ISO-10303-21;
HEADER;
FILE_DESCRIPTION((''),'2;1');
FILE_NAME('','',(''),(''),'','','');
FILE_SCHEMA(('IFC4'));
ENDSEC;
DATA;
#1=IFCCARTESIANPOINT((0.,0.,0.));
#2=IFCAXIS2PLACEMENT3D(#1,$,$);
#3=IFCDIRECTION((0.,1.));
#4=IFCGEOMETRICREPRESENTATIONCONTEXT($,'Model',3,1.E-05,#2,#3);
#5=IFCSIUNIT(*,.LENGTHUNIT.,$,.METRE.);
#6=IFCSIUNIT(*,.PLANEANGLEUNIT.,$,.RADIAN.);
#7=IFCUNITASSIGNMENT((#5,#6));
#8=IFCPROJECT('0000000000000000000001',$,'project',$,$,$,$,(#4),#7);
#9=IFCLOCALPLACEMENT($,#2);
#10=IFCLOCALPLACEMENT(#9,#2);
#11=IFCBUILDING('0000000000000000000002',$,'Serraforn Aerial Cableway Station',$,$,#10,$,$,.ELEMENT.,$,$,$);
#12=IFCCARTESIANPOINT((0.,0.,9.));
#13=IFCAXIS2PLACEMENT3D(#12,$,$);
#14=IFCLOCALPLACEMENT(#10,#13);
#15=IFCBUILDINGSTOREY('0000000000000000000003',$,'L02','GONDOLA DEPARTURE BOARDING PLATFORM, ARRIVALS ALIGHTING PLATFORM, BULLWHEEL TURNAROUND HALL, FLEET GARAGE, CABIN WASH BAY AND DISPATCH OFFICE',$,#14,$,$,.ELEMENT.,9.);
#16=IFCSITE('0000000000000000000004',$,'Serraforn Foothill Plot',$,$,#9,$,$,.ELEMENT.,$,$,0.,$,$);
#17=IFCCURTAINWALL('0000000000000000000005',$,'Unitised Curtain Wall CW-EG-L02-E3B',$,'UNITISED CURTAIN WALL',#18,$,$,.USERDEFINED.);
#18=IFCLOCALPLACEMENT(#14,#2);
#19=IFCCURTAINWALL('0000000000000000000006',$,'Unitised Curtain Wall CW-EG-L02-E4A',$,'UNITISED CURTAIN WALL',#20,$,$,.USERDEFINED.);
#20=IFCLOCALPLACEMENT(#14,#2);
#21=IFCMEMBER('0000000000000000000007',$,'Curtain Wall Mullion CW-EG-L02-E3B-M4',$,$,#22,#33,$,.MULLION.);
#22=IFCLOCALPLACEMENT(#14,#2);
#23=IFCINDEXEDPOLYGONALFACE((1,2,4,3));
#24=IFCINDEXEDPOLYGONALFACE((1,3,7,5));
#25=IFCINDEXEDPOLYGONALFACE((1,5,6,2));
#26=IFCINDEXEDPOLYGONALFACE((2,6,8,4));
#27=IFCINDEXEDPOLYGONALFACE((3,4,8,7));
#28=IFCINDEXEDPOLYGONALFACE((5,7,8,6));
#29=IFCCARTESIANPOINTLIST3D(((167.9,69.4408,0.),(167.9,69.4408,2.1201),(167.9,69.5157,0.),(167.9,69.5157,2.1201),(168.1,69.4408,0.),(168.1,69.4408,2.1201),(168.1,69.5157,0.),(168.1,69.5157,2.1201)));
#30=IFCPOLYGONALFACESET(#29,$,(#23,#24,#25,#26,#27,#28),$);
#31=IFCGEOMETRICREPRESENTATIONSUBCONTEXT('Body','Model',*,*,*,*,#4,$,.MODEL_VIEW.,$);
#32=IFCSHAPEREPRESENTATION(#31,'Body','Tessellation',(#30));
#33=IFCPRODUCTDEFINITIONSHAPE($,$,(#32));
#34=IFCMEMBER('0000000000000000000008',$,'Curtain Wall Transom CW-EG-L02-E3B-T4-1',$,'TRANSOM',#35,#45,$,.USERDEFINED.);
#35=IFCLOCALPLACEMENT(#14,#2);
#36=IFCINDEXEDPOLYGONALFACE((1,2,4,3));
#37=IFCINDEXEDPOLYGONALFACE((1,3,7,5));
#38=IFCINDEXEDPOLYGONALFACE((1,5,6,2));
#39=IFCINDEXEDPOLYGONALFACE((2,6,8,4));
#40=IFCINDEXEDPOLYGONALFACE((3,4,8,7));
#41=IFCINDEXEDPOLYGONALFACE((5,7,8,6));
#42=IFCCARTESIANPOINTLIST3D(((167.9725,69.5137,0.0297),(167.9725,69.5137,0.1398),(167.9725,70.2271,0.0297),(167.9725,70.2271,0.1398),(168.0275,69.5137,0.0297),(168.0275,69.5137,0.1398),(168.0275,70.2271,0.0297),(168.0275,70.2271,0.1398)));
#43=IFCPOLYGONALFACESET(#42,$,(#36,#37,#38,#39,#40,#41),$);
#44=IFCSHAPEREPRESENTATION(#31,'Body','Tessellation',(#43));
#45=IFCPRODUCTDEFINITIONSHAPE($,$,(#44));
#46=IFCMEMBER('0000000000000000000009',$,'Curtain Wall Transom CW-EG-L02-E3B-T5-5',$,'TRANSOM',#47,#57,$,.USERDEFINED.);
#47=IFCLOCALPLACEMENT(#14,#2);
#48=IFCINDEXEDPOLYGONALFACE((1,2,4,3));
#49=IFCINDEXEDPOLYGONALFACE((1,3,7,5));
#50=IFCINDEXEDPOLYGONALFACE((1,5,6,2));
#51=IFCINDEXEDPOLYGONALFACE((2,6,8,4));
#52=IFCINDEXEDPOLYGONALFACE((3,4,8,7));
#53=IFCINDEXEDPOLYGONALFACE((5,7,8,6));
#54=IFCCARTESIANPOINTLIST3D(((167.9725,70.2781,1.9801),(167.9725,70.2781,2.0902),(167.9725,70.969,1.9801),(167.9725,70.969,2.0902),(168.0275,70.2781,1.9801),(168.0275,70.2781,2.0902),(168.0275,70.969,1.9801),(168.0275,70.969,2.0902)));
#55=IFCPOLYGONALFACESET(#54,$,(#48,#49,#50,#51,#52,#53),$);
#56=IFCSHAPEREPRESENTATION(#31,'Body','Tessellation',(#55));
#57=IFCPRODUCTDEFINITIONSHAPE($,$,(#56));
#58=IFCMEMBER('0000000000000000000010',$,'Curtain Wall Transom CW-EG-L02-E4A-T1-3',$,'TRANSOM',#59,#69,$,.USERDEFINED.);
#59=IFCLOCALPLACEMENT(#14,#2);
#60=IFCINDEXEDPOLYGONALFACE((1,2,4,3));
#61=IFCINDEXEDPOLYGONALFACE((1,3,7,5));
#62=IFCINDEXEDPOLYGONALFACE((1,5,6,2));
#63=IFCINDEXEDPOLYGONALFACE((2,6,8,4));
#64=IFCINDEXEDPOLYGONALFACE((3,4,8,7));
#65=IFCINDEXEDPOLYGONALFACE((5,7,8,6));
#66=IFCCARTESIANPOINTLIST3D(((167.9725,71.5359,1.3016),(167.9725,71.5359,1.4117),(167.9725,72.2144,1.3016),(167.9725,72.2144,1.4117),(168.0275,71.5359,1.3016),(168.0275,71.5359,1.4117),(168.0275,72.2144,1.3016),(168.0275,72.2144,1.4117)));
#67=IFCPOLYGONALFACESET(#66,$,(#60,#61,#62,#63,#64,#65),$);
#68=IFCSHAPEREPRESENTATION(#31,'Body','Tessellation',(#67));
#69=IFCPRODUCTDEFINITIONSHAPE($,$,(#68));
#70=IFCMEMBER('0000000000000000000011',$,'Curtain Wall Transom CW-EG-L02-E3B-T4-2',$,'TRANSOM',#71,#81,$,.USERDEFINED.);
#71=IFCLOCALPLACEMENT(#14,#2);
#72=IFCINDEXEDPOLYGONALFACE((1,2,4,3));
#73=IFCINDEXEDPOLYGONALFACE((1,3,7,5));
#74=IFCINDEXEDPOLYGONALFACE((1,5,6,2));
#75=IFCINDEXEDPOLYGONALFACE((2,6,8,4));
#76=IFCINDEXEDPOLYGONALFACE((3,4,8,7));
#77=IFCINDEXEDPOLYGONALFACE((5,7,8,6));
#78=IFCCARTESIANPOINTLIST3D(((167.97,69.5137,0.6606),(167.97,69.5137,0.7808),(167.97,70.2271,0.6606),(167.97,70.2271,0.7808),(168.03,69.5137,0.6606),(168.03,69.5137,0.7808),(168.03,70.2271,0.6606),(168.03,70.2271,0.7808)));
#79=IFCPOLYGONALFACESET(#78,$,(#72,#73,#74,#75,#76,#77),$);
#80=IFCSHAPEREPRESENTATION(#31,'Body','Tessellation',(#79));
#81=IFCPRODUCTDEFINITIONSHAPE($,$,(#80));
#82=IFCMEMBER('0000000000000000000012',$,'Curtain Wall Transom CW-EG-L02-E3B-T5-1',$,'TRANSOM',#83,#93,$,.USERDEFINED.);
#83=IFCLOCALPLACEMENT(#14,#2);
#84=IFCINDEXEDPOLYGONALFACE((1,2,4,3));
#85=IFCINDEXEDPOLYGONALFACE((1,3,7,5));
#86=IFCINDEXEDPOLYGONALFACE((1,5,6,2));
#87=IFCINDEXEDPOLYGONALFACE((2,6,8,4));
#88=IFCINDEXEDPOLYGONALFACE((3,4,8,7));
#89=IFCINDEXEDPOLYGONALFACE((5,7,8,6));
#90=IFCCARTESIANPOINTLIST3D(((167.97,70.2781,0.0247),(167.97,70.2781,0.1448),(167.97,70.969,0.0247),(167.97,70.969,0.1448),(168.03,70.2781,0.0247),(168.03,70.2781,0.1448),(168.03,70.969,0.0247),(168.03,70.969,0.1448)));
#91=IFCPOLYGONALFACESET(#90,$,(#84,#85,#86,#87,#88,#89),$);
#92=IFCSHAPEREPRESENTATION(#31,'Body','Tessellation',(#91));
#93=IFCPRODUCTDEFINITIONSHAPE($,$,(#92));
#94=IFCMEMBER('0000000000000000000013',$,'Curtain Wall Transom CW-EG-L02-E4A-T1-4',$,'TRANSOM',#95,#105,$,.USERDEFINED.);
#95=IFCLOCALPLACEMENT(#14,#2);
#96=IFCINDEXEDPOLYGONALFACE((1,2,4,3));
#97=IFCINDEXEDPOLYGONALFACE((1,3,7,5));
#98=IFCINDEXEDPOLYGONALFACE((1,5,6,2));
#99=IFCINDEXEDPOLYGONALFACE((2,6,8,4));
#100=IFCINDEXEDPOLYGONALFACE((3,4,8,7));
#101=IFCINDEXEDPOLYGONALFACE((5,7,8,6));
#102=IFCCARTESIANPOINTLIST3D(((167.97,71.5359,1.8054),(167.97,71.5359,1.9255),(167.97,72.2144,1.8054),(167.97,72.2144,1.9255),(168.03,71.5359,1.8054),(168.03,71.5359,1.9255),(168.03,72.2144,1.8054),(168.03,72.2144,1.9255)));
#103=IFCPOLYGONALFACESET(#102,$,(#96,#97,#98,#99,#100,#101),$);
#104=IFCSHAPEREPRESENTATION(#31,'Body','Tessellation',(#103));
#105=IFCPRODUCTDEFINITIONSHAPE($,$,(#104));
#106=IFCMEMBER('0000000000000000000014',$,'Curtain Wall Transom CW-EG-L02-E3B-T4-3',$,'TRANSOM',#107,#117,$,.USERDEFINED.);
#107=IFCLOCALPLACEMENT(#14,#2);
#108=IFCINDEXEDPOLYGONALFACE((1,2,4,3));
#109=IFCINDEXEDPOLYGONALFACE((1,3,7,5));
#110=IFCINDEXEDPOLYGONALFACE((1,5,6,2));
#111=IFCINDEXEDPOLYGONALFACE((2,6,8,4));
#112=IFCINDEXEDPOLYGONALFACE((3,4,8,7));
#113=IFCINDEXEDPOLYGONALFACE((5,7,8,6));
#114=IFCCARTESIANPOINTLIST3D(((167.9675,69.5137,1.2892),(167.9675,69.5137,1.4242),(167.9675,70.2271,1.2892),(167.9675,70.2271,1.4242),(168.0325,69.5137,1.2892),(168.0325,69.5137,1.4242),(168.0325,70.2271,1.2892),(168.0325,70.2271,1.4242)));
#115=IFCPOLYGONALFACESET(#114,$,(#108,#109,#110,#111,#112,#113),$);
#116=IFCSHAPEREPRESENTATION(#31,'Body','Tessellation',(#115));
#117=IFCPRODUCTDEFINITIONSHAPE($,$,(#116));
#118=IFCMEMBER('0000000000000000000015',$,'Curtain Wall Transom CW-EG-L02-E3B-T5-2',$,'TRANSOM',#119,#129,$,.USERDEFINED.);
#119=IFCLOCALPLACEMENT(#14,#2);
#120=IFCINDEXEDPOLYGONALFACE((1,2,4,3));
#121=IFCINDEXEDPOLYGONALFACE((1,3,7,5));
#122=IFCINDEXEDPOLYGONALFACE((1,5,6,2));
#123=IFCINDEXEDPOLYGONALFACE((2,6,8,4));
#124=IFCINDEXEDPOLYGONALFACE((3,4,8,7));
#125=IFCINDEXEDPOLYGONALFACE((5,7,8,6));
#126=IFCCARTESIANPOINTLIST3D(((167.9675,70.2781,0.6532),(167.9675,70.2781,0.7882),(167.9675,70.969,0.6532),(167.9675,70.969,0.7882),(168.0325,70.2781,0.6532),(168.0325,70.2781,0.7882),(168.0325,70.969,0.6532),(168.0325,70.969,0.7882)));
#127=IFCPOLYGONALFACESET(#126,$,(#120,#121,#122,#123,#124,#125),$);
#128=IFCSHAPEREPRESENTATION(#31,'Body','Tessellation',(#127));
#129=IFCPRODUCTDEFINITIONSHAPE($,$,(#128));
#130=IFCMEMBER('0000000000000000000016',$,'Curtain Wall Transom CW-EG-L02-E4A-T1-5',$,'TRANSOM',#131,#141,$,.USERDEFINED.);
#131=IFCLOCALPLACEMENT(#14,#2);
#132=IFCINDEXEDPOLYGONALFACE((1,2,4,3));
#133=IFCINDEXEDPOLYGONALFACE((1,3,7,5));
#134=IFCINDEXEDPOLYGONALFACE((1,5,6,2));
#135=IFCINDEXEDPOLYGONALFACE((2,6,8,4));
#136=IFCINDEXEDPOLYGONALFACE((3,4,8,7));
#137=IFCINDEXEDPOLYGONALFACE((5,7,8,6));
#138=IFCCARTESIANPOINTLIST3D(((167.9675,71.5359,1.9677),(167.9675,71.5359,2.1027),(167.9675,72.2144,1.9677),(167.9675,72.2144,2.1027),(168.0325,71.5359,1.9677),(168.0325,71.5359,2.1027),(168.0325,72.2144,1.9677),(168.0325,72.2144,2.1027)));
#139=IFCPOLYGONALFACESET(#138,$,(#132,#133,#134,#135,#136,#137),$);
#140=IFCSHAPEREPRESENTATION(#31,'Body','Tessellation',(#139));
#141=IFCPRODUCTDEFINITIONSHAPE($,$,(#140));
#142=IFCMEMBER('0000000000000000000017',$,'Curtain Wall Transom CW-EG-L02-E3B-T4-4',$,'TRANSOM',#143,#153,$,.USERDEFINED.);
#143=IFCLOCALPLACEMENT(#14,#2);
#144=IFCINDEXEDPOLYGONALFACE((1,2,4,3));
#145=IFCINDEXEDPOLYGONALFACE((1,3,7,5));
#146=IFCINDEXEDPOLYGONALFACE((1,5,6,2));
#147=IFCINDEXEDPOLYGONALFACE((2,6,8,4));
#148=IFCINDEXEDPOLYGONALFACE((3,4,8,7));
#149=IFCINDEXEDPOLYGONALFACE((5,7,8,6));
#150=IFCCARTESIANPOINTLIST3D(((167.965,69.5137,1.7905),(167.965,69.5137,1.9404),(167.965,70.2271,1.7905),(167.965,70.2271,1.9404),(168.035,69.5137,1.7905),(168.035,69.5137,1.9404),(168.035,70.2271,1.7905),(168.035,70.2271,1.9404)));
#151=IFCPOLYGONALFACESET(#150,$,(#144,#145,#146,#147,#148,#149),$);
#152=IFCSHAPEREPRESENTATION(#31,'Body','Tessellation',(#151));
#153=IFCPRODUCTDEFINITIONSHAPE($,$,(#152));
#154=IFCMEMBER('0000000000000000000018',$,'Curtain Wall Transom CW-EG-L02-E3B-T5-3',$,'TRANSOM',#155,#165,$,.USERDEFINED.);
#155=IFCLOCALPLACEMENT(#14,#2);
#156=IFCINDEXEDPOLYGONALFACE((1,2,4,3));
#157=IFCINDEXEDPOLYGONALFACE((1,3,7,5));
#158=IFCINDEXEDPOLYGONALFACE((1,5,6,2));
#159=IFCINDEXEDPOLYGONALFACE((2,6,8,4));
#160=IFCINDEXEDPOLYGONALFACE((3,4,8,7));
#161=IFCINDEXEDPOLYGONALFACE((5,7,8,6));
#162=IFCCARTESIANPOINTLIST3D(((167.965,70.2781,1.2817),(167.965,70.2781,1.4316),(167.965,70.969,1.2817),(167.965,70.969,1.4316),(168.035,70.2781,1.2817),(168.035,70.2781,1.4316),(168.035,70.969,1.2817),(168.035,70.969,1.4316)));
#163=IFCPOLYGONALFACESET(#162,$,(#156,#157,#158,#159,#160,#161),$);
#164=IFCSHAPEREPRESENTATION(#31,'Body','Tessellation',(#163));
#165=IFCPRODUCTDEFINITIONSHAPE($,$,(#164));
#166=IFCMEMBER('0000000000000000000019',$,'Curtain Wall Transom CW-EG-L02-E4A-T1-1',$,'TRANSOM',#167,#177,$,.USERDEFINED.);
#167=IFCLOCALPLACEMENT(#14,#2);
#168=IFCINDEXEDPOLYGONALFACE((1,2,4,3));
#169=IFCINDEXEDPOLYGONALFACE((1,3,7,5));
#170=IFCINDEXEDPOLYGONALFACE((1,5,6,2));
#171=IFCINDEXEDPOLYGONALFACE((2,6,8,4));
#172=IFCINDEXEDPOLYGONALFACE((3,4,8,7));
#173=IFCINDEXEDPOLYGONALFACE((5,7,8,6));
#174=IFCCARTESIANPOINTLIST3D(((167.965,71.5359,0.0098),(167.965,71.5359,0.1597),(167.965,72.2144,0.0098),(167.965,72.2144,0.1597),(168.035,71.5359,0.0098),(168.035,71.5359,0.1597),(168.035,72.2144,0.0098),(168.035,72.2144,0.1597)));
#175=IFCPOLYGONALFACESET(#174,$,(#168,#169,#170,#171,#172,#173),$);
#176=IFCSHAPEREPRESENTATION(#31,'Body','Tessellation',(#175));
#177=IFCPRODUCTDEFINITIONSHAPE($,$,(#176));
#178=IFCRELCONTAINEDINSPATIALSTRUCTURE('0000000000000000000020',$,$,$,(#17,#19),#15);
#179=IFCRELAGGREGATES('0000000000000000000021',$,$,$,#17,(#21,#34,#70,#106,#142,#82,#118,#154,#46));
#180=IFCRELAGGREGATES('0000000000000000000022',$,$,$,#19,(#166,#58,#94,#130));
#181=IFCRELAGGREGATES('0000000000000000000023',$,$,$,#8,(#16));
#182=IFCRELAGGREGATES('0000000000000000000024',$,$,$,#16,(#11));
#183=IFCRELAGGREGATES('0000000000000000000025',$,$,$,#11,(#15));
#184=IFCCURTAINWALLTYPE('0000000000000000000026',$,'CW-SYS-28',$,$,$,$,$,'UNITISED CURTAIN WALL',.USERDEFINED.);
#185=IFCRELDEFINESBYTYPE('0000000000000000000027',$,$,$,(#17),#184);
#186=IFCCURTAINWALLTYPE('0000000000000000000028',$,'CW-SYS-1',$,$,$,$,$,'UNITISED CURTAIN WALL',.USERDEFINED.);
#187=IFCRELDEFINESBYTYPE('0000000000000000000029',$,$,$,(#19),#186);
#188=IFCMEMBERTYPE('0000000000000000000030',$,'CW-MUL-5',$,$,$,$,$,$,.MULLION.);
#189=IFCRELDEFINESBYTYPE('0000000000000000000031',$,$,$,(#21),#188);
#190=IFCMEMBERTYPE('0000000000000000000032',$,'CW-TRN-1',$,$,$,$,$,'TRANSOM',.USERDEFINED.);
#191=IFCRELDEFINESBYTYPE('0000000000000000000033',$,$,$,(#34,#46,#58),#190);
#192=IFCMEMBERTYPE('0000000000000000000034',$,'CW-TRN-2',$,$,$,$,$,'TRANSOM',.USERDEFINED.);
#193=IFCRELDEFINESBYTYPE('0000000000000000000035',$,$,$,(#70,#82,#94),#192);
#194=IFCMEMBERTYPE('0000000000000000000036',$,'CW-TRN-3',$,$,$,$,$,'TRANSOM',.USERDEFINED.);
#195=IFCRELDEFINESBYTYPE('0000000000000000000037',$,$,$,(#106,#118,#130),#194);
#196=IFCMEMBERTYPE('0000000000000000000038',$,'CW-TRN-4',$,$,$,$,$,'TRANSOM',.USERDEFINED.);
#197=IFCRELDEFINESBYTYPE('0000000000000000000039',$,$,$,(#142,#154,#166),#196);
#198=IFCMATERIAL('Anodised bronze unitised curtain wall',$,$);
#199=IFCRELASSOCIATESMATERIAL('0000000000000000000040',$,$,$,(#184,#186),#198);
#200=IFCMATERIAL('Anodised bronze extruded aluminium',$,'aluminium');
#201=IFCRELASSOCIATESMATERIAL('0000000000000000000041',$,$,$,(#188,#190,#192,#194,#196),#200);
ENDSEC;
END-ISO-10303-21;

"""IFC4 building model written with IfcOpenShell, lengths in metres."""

from ifc_helpers import new_model, si_unit, direction, frame, origin, origin_2d, place, context, subcontext, project, spatial, rectangle, extrude, material, material_profile, profile_set, type_object, element, aggregate, save


model = new_model("IFC4")

# Units and contexts
model_context = context("Model", 3, precision=1e-05, world=origin(), true_north=direction((0.0, 1.0)))
body_context = subcontext(model_context, "Body", "Model", "MODEL_VIEW")
ifc_project = project(units=[si_unit("LENGTHUNIT", "METRE"), si_unit("PLANEANGLEUNIT", "RADIAN")], contexts=[model_context])

# Site, building, storey
site_placement = place(None, origin())
site = spatial("IfcSite", under=ifc_project, at=site_placement, Name="Serraforn Foothill Plot", CompositionType="ELEMENT", RefElevation=0.0)
building_placement = place(site_placement, origin())
building = spatial("IfcBuilding", under=site, at=building_placement, Name="Serraforn Aerial Cableway Station", CompositionType="ELEMENT")
storey_placement = place(building_placement, frame((0.0, 0.0, 9.0)))
storey = spatial("IfcBuildingStorey", under=building, at=storey_placement, Name="L02", Description="GONDOLA DEPARTURE BOARDING PLATFORM, ARRIVALS ALIGHTING PLATFORM, BULLWHEEL TURNAROUND HALL, FLEET GARAGE, CABIN WASH BAY AND DISPATCH OFFICE", CompositionType="ELEMENT", Elevation=9.0)

# Curtain wall
ifc_material_1 = material(Name="Anodised bronze unitised curtain wall")
curtain_wall_type_1 = type_object("IfcCurtainWallType", Name="CW-SYS-28", ElementType="UNITISED CURTAIN WALL", PredefinedType="USERDEFINED", material=ifc_material_1)
curtain_wall_1_placement = place(storey_placement, origin())
curtain_wall_1 = element("IfcCurtainWall", 1, at=curtain_wall_1_placement, inside=storey, type_object=curtain_wall_type_1, Name="Unitised Curtain Wall CW-EG-L02-E3B", ObjectType="UNITISED CURTAIN WALL", PredefinedType="USERDEFINED")
ifc_material_2 = material(Name="Anodised bronze extruded aluminium", Category="aluminium")

# Curtain wall
curtain_wall_type_2 = type_object("IfcCurtainWallType", Name="CW-SYS-1", ElementType="UNITISED CURTAIN WALL", PredefinedType="USERDEFINED", material=ifc_material_1)
curtain_wall_2_placement = place(storey_placement, origin())
curtain_wall_2 = element("IfcCurtainWall", 2, at=curtain_wall_2_placement, inside=storey, type_object=curtain_wall_type_2, Name="Unitised Curtain Wall CW-EG-L02-E4A", ObjectType="UNITISED CURTAIN WALL", PredefinedType="USERDEFINED")

# Members
ifc_material_profile_1 = material_profile(ifc_material_2, rectangle(XDim=0.075, YDim=0.2, at=origin_2d()), Name="CW MULLION 75x200")
ifc_profile_set_1 = profile_set([ifc_material_profile_1], Name="Anodised bronze extruded aluminium")
member_type_1 = type_object("IfcMemberType", Name="CW-MUL-5", PredefinedType="MULLION", material=ifc_profile_set_1)
member_1_placement = place(storey_placement, frame((168.0, 69.4783, 0.0), z_axis=(0.0, 0.0, 1.0), x_axis=(0.0, 1.0, 0.0)))
member_1 = element("IfcMember", 3, at=member_1_placement, type_object=member_type_1, Name="Curtain Wall Mullion CW-EG-L02-E3B-M4", PredefinedType="MULLION", context=body_context, shape_type="SweptSolid", body=[
    extrude(rectangle(XDim=0.075, YDim=0.2, at=origin_2d()), origin(), (0.0, 0.0, 1.0), 2.1201),
])
ifc_material_profile_2 = material_profile(ifc_material_2, rectangle(XDim=0.0549, YDim=0.1101, at=origin_2d()), Name="CW TRANSOM 55x110")
ifc_profile_set_2 = profile_set([ifc_material_profile_2], Name="Anodised bronze extruded aluminium")
member_type_2 = type_object("IfcMemberType", Name="CW-TRN-1", ElementType="TRANSOM", PredefinedType="USERDEFINED", material=ifc_profile_set_2)
member_2_placement = place(storey_placement, frame((168.0, 69.5137, 0.0847), z_axis=(0.0, 1.0, 0.0), x_axis=(-1.0, 0.0, 0.0)))
member_2 = element("IfcMember", 4, at=member_2_placement, type_object=member_type_2, Name="Curtain Wall Transom CW-EG-L02-E3B-T4-1", ObjectType="TRANSOM", PredefinedType="USERDEFINED", context=body_context, shape_type="SweptSolid", body=[
    extrude(rectangle(XDim=0.0549, YDim=0.1101, at=origin_2d()), origin(), (0.0, 0.0, 1.0), 0.7134),
])
member_3_placement = place(storey_placement, frame((168.0, 70.2781, 2.0352), z_axis=(0.0, 1.0, 0.0), x_axis=(-1.0, 0.0, 0.0)))
member_3 = element("IfcMember", 5, at=member_3_placement, type_object=member_type_2, Name="Curtain Wall Transom CW-EG-L02-E3B-T5-5", ObjectType="TRANSOM", PredefinedType="USERDEFINED", context=body_context, shape_type="SweptSolid", body=[
    extrude(rectangle(XDim=0.0549, YDim=0.1101, at=origin_2d()), origin(), (0.0, 0.0, 1.0), 0.6909),
])
member_4_placement = place(storey_placement, frame((168.0, 71.5359, 1.3567), z_axis=(0.0, 1.0, 0.0), x_axis=(-1.0, 0.0, 0.0)))
member_4 = element("IfcMember", 6, at=member_4_placement, type_object=member_type_2, Name="Curtain Wall Transom CW-EG-L02-E4A-T1-3", ObjectType="TRANSOM", PredefinedType="USERDEFINED", context=body_context, shape_type="SweptSolid", body=[
    extrude(rectangle(XDim=0.0549, YDim=0.1101, at=origin_2d()), origin(), (0.0, 0.0, 1.0), 0.6785),
])
ifc_material_profile_3 = material_profile(ifc_material_2, rectangle(XDim=0.0601, YDim=0.1201, at=origin_2d()), Name="CW TRANSOM 60x120")
ifc_profile_set_3 = profile_set([ifc_material_profile_3], Name="Anodised bronze extruded aluminium")
member_type_3 = type_object("IfcMemberType", Name="CW-TRN-2", ElementType="TRANSOM", PredefinedType="USERDEFINED", material=ifc_profile_set_3)
member_5_placement = place(storey_placement, frame((168.0, 69.5137, 0.7207), z_axis=(0.0, 1.0, 0.0), x_axis=(-1.0, 0.0, 0.0)))
member_5 = element("IfcMember", 7, at=member_5_placement, type_object=member_type_3, Name="Curtain Wall Transom CW-EG-L02-E3B-T4-2", ObjectType="TRANSOM", PredefinedType="USERDEFINED", context=body_context, shape_type="SweptSolid", body=[
    extrude(rectangle(XDim=0.0601, YDim=0.1201, at=origin_2d()), origin(), (0.0, 0.0, 1.0), 0.7134),
])
member_6_placement = place(storey_placement, frame((168.0, 70.2781, 0.0847), z_axis=(0.0, 1.0, 0.0), x_axis=(-1.0, 0.0, 0.0)))
member_6 = element("IfcMember", 8, at=member_6_placement, type_object=member_type_3, Name="Curtain Wall Transom CW-EG-L02-E3B-T5-1", ObjectType="TRANSOM", PredefinedType="USERDEFINED", context=body_context, shape_type="SweptSolid", body=[
    extrude(rectangle(XDim=0.0601, YDim=0.1201, at=origin_2d()), origin(), (0.0, 0.0, 1.0), 0.6909),
])
member_7_placement = place(storey_placement, frame((168.0, 71.5359, 1.8655), z_axis=(0.0, 1.0, 0.0), x_axis=(-1.0, 0.0, 0.0)))
member_7 = element("IfcMember", 9, at=member_7_placement, type_object=member_type_3, Name="Curtain Wall Transom CW-EG-L02-E4A-T1-4", ObjectType="TRANSOM", PredefinedType="USERDEFINED", context=body_context, shape_type="SweptSolid", body=[
    extrude(rectangle(XDim=0.0601, YDim=0.1201, at=origin_2d()), origin(), (0.0, 0.0, 1.0), 0.6785),
])
ifc_material_profile_4 = material_profile(ifc_material_2, rectangle(XDim=0.0649, YDim=0.135, at=origin_2d()), Name="CW TRANSOM 65x135")
ifc_profile_set_4 = profile_set([ifc_material_profile_4], Name="Anodised bronze extruded aluminium")
member_type_4 = type_object("IfcMemberType", Name="CW-TRN-3", ElementType="TRANSOM", PredefinedType="USERDEFINED", material=ifc_profile_set_4)
member_8_placement = place(storey_placement, frame((168.0, 69.5137, 1.3567), z_axis=(0.0, 1.0, 0.0), x_axis=(-1.0, 0.0, 0.0)))
member_8 = element("IfcMember", 10, at=member_8_placement, type_object=member_type_4, Name="Curtain Wall Transom CW-EG-L02-E3B-T4-3", ObjectType="TRANSOM", PredefinedType="USERDEFINED", context=body_context, shape_type="SweptSolid", body=[
    extrude(rectangle(XDim=0.0649, YDim=0.135, at=origin_2d()), origin(), (0.0, 0.0, 1.0), 0.7134),
])
member_9_placement = place(storey_placement, frame((168.0, 70.2781, 0.7207), z_axis=(0.0, 1.0, 0.0), x_axis=(-1.0, 0.0, 0.0)))
member_9 = element("IfcMember", 11, at=member_9_placement, type_object=member_type_4, Name="Curtain Wall Transom CW-EG-L02-E3B-T5-2", ObjectType="TRANSOM", PredefinedType="USERDEFINED", context=body_context, shape_type="SweptSolid", body=[
    extrude(rectangle(XDim=0.0649, YDim=0.135, at=origin_2d()), origin(), (0.0, 0.0, 1.0), 0.6909),
])
member_10_placement = place(storey_placement, frame((168.0, 71.5359, 2.0352), z_axis=(0.0, 1.0, 0.0), x_axis=(-1.0, 0.0, 0.0)))
member_10 = element("IfcMember", 12, at=member_10_placement, type_object=member_type_4, Name="Curtain Wall Transom CW-EG-L02-E4A-T1-5", ObjectType="TRANSOM", PredefinedType="USERDEFINED", context=body_context, shape_type="SweptSolid", body=[
    extrude(rectangle(XDim=0.0649, YDim=0.135, at=origin_2d()), origin(), (0.0, 0.0, 1.0), 0.6785),
])
ifc_material_profile_5 = material_profile(ifc_material_2, rectangle(XDim=0.0701, YDim=0.1499, at=origin_2d()), Name="CW TRANSOM 70x150")
ifc_profile_set_5 = profile_set([ifc_material_profile_5], Name="Anodised bronze extruded aluminium")
member_type_5 = type_object("IfcMemberType", Name="CW-TRN-4", ElementType="TRANSOM", PredefinedType="USERDEFINED", material=ifc_profile_set_5)
member_11_placement = place(storey_placement, frame((168.0, 69.5137, 1.8655), z_axis=(0.0, 1.0, 0.0), x_axis=(-1.0, 0.0, 0.0)))
member_11 = element("IfcMember", 13, at=member_11_placement, type_object=member_type_5, Name="Curtain Wall Transom CW-EG-L02-E3B-T4-4", ObjectType="TRANSOM", PredefinedType="USERDEFINED", context=body_context, shape_type="SweptSolid", body=[
    extrude(rectangle(XDim=0.0701, YDim=0.1499, at=origin_2d()), origin(), (0.0, 0.0, 1.0), 0.7134),
])
member_12_placement = place(storey_placement, frame((168.0, 70.2781, 1.3567), z_axis=(0.0, 1.0, 0.0), x_axis=(-1.0, 0.0, 0.0)))
member_12 = element("IfcMember", 14, at=member_12_placement, type_object=member_type_5, Name="Curtain Wall Transom CW-EG-L02-E3B-T5-3", ObjectType="TRANSOM", PredefinedType="USERDEFINED", context=body_context, shape_type="SweptSolid", body=[
    extrude(rectangle(XDim=0.0701, YDim=0.1499, at=origin_2d()), origin(), (0.0, 0.0, 1.0), 0.6909),
])
member_13_placement = place(storey_placement, frame((168.0, 71.5359, 0.0847), z_axis=(0.0, 1.0, 0.0), x_axis=(-1.0, 0.0, 0.0)))
member_13 = element("IfcMember", 15, at=member_13_placement, type_object=member_type_5, Name="Curtain Wall Transom CW-EG-L02-E4A-T1-1", ObjectType="TRANSOM", PredefinedType="USERDEFINED", context=body_context, shape_type="SweptSolid", body=[
    extrude(rectangle(XDim=0.0701, YDim=0.1499, at=origin_2d()), origin(), (0.0, 0.0, 1.0), 0.6785),
])

aggregate(curtain_wall_1, [member_1, member_2, member_5, member_8, member_11, member_6, member_9, member_12, member_3])
aggregate(curtain_wall_2, [member_13, member_4, member_7, member_10])

save(model, "model.ifc")
